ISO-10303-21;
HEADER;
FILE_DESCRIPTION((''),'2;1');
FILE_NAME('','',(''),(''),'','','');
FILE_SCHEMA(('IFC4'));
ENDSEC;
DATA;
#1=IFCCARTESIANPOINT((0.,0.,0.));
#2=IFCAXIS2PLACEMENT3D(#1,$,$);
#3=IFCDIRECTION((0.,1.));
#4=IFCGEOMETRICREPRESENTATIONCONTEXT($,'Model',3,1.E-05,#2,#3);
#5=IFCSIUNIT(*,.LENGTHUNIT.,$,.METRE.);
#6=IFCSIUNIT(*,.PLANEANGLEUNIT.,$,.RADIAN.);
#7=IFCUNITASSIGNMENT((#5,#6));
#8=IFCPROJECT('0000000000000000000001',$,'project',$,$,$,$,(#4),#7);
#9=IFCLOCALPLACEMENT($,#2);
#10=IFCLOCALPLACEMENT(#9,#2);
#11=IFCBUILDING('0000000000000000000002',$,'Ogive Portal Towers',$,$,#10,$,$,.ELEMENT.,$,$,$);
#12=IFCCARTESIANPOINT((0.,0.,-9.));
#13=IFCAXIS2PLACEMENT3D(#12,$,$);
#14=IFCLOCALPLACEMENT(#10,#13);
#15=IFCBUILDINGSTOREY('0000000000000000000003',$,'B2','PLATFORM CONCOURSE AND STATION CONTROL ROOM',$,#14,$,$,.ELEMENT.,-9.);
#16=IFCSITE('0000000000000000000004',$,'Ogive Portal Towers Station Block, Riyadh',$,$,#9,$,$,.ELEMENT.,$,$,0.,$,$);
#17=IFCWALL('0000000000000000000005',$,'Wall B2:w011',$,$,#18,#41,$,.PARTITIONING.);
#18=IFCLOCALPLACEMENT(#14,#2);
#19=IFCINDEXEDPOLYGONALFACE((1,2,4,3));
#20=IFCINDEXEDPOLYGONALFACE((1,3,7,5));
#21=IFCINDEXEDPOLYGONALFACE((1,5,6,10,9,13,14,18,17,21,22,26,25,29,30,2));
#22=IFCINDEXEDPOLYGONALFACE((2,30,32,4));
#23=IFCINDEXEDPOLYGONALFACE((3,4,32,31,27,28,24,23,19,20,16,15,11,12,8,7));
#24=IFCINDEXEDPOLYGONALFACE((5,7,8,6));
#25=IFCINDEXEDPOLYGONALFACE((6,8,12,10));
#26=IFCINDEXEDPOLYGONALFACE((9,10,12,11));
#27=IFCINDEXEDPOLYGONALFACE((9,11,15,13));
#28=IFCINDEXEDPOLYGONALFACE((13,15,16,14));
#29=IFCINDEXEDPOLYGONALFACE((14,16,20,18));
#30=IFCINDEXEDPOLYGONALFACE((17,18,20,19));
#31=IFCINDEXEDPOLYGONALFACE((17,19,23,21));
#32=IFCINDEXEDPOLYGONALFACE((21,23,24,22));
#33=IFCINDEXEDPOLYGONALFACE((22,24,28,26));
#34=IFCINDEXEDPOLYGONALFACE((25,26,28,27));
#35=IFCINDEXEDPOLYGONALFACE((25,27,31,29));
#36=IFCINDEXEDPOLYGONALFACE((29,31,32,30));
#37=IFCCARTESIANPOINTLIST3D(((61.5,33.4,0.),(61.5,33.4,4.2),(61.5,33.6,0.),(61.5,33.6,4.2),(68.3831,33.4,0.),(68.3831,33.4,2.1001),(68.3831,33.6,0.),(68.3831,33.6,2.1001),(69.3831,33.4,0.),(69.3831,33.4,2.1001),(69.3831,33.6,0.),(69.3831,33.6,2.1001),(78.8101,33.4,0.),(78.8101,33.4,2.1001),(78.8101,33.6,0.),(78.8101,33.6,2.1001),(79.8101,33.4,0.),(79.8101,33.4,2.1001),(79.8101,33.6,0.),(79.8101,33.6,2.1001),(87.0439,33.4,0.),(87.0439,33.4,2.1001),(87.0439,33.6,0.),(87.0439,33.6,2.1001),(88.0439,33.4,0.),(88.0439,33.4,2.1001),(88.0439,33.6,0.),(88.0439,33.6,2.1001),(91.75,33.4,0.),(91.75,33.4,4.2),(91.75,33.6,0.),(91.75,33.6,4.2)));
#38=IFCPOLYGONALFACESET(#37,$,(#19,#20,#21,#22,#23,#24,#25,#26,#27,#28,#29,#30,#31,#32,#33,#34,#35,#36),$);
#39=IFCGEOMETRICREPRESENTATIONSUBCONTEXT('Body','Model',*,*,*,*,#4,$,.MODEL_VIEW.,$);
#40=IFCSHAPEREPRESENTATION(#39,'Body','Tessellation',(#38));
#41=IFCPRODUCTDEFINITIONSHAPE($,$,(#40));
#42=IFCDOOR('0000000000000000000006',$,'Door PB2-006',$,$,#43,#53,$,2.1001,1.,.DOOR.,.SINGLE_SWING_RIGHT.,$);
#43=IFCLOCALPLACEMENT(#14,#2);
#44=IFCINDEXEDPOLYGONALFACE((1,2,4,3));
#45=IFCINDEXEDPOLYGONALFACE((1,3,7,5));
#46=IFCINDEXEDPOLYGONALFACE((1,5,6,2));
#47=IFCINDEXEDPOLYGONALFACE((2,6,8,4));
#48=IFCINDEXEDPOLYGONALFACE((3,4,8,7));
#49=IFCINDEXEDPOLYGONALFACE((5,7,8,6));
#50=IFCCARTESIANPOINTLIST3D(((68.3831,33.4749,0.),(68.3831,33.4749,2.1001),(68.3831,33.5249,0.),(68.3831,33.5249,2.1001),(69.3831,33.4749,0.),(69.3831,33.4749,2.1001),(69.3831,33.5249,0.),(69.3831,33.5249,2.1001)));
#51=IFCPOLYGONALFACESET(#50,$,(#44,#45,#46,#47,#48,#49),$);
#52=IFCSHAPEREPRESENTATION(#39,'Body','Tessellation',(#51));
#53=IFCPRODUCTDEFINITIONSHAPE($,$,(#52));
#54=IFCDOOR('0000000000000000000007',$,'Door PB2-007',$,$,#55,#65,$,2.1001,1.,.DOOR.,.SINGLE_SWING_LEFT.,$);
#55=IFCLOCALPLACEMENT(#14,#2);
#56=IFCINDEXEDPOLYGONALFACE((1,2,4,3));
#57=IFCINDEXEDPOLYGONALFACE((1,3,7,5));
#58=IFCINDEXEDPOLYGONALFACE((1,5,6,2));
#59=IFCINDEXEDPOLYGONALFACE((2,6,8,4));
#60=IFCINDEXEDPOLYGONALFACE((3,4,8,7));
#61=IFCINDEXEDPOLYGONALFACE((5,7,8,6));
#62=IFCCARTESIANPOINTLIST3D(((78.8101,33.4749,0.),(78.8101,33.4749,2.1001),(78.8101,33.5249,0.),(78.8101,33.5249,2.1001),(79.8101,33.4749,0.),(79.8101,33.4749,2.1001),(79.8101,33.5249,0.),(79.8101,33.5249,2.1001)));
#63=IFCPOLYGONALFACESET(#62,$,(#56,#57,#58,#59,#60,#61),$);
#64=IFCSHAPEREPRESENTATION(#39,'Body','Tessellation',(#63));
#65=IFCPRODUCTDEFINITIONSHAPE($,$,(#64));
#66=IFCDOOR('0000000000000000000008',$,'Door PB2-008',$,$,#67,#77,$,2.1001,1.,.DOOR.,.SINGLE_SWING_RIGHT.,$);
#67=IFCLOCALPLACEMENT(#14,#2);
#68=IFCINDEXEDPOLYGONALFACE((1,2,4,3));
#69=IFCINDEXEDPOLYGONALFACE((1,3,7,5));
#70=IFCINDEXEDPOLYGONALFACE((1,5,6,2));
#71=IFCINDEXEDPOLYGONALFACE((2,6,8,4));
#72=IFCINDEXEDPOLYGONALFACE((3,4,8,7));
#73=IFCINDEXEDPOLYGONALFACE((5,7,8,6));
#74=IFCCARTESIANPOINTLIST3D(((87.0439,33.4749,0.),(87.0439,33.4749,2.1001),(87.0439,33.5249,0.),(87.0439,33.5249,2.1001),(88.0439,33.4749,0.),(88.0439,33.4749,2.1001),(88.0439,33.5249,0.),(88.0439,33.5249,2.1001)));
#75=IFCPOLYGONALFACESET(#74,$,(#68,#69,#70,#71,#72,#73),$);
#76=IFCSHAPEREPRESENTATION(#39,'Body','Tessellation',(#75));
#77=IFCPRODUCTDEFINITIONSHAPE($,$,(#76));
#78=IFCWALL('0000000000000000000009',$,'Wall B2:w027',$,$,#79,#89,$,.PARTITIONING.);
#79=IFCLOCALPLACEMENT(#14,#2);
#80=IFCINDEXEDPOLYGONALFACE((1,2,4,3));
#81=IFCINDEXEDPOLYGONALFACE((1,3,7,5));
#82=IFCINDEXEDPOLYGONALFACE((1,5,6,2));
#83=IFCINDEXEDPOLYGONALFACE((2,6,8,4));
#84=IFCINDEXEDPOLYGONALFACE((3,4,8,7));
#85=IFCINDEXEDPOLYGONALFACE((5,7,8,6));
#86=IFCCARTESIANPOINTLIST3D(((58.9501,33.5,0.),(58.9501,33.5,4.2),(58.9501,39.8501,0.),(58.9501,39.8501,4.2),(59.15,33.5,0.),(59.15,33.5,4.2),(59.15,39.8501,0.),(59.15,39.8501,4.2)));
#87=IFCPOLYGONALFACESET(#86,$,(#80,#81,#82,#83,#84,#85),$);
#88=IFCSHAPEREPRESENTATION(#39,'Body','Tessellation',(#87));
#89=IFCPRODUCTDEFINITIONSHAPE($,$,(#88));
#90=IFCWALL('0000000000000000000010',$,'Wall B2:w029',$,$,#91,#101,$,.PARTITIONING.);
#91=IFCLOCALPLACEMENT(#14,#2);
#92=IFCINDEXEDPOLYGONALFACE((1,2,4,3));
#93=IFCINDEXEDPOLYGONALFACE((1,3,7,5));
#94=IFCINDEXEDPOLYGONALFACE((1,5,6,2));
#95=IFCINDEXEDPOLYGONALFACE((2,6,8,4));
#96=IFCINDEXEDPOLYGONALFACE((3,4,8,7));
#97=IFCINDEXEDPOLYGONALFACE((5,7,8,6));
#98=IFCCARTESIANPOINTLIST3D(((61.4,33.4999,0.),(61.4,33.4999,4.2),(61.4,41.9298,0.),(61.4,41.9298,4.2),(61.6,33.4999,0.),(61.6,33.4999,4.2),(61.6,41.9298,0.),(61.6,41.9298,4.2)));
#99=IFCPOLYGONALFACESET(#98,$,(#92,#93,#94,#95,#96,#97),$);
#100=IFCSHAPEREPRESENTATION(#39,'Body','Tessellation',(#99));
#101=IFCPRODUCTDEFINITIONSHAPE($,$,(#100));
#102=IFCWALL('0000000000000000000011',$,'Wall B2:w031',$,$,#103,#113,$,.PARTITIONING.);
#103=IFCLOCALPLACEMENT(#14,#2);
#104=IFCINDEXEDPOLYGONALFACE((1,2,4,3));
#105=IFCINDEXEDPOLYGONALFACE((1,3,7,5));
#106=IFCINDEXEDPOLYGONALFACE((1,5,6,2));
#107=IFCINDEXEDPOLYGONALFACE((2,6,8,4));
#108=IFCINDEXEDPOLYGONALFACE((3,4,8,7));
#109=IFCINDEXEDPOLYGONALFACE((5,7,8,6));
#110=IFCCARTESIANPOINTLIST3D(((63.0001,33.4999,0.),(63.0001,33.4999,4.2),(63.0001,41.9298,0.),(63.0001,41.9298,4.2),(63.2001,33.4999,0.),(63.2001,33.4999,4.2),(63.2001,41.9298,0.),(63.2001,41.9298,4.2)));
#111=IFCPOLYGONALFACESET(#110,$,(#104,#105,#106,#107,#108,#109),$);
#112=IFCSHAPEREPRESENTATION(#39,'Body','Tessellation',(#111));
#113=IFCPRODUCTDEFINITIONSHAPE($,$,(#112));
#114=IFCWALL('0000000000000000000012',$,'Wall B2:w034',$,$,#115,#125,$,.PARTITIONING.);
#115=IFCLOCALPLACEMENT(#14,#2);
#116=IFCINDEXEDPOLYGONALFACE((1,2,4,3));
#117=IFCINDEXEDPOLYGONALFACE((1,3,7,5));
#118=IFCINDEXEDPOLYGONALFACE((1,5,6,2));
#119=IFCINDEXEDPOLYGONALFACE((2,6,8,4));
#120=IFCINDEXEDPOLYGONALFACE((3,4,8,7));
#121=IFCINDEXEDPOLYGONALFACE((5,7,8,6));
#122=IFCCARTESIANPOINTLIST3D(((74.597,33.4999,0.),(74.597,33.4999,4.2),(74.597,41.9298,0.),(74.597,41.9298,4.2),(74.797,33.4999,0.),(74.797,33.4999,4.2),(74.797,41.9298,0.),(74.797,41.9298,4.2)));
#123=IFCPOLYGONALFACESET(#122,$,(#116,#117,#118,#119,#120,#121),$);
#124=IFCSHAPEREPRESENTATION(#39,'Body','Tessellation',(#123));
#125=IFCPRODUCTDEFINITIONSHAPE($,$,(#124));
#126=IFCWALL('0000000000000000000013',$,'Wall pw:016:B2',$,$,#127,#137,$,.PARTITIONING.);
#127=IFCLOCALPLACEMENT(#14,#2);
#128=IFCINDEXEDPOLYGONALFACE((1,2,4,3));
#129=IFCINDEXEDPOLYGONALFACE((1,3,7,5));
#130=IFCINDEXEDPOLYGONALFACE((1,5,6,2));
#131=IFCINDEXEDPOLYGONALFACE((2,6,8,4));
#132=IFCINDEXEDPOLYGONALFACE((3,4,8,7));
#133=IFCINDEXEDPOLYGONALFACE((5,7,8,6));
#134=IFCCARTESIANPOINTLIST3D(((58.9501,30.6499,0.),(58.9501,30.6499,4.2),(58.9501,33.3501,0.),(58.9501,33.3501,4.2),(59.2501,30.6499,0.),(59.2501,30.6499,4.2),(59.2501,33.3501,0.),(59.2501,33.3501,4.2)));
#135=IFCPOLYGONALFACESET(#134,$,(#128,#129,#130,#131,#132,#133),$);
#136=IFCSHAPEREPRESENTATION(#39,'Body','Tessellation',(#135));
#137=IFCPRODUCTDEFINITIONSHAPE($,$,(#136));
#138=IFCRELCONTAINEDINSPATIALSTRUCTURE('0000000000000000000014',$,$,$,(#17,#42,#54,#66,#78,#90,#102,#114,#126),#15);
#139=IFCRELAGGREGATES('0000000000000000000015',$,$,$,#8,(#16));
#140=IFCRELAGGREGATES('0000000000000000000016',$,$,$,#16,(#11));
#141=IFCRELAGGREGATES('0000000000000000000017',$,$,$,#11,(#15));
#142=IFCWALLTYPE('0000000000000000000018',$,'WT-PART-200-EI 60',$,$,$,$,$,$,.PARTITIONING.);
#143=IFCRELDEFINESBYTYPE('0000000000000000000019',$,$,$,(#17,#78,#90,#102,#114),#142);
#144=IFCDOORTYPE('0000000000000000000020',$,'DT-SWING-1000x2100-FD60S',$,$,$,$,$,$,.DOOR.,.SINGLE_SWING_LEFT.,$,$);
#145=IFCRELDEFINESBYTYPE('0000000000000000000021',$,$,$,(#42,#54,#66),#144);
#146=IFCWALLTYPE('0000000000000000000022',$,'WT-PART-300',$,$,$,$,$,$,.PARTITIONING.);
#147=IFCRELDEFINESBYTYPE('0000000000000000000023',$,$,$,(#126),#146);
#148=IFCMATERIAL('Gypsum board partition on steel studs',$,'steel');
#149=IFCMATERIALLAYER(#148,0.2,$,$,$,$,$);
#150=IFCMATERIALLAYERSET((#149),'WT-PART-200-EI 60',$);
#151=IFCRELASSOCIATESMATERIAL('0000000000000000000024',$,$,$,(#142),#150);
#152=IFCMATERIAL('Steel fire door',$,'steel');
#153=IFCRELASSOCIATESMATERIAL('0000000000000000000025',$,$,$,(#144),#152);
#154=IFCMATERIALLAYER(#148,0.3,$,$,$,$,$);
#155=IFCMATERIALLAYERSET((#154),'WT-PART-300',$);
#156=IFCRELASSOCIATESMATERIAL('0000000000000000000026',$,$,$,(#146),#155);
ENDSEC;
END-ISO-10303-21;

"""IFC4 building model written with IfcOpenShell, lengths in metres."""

from ifc_helpers import new_model, si_unit, direction, frame, frame_2d, origin, place, context, subcontext, project, spatial, rectangle, extrude, material, layer, layer_set, type_object, element, fill, save


model = new_model("IFC4")

# Units and contexts
model_context = context("Model", 3, precision=1e-05, world=origin(), true_north=direction((0.0, 1.0)))
body_context = subcontext(model_context, "Body", "Model", "MODEL_VIEW")
ifc_project = project(units=[si_unit("LENGTHUNIT", "METRE"), si_unit("PLANEANGLEUNIT", "RADIAN")], contexts=[model_context])

# Site, building, storey
site_placement = place(None, origin())
site = spatial("IfcSite", under=ifc_project, at=site_placement, Name="Ogive Portal Towers Station Block, Riyadh", CompositionType="ELEMENT", RefElevation=0.0)
building_placement = place(site_placement, origin())
building = spatial("IfcBuilding", under=site, at=building_placement, Name="Ogive Portal Towers", CompositionType="ELEMENT")
storey_placement = place(building_placement, frame((0.0, 0.0, -9.0)))
storey = spatial("IfcBuildingStorey", under=building, at=storey_placement, Name="B2", Description="PLATFORM CONCOURSE AND STATION CONTROL ROOM", CompositionType="ELEMENT", Elevation=-9.0)

# Shared definitions
ifc_material_1 = material(Name="Gypsum board partition on steel studs", Category="steel")
ifc_layer_1 = layer(ifc_material_1, 0.2)
ifc_layer_set_1 = layer_set([ifc_layer_1], Name="WT-PART-200-EI 60")
wall_type_1 = type_object("IfcWallType", Name="WT-PART-200-EI 60", PredefinedType="PARTITIONING", material=ifc_layer_set_1)
ifc_material_2 = material(Name="Steel fire door", Category="steel")

# Wall, openings, doors
wall_1_placement = place(storey_placement, frame((61.5, 33.5, 0.0), z_axis=(0.0, 0.0, 1.0), x_axis=(1.0, 0.0, 0.0)))
wall_1 = element("IfcWall", 1, at=wall_1_placement, inside=storey, type_object=wall_type_1, Name="Wall B2:w011", PredefinedType="PARTITIONING", context=body_context, shape_type="SweptSolid", body=[
    extrude(rectangle(XDim=30.25, YDim=0.2, at=frame_2d((15.125, 0.0))), origin(), (0.0, 0.0, 1.0), 4.2),
])
opening_1_placement = place(wall_1_placement, frame((6.8831, 0.0, 0.0)))
opening_1 = element("IfcOpeningElement", 2, at=opening_1_placement, cuts=wall_1, PredefinedType="OPENING", context=body_context, shape_type="SweptSolid", body=[
    extrude(rectangle(XDim=1.0, YDim=2.1001, at=frame_2d((0.5, 1.05))), frame((0.0, 0.1099, 0.0), z_axis=(0.0, -1.0, 0.0), x_axis=(1.0, 0.0, 0.0)), (0.0, 0.0, 1.0), 0.22),
])
opening_2_placement = place(wall_1_placement, frame((17.3101, 0.0, 0.0)))
opening_2 = element("IfcOpeningElement", 3, at=opening_2_placement, cuts=wall_1, PredefinedType="OPENING", context=body_context, shape_type="SweptSolid", body=[
    extrude(rectangle(XDim=1.0, YDim=2.1001, at=frame_2d((0.5, 1.05))), frame((0.0, 0.1099, 0.0), z_axis=(0.0, -1.0, 0.0), x_axis=(1.0, 0.0, 0.0)), (0.0, 0.0, 1.0), 0.22),
])
opening_3_placement = place(wall_1_placement, frame((25.5439, 0.0, 0.0)))
opening_3 = element("IfcOpeningElement", 4, at=opening_3_placement, cuts=wall_1, PredefinedType="OPENING", context=body_context, shape_type="SweptSolid", body=[
    extrude(rectangle(XDim=1.0, YDim=2.1001, at=frame_2d((0.5, 1.05))), frame((0.0, 0.1099, 0.0), z_axis=(0.0, -1.0, 0.0), x_axis=(1.0, 0.0, 0.0)), (0.0, 0.0, 1.0), 0.22),
])
door_type_1 = type_object("IfcDoorType", Name="DT-SWING-1000x2100-FD60S", OperationType="SINGLE_SWING_LEFT", PredefinedType="DOOR", material=ifc_material_2)
door_1_placement = place(opening_1_placement, origin())
door_1 = element("IfcDoor", 5, at=door_1_placement, inside=storey, type_object=door_type_1, Name="Door PB2-006", OperationType="SINGLE_SWING_RIGHT", OverallHeight=2.1001, OverallWidth=1.0, PredefinedType="DOOR", context=body_context, shape_type="SweptSolid", body=[
    extrude(rectangle(XDim=1.0, YDim=2.1001, at=frame_2d((0.5, 1.05))), frame((0.0, 0.0249, 0.0), z_axis=(0.0, -1.0, 0.0), x_axis=(1.0, 0.0, 0.0)), (0.0, 0.0, 1.0), 0.05),
])
fill(opening_1, door_1)
door_2_placement = place(opening_2_placement, origin())
door_2 = element("IfcDoor", 6, at=door_2_placement, inside=storey, type_object=door_type_1, Name="Door PB2-007", OperationType="SINGLE_SWING_LEFT", OverallHeight=2.1001, OverallWidth=1.0, PredefinedType="DOOR", context=body_context, shape_type="SweptSolid", body=[
    extrude(rectangle(XDim=1.0, YDim=2.1001, at=frame_2d((0.5, 1.05))), frame((0.0, 0.0249, 0.0), z_axis=(0.0, -1.0, 0.0), x_axis=(1.0, 0.0, 0.0)), (0.0, 0.0, 1.0), 0.05),
])
fill(opening_2, door_2)
door_3_placement = place(opening_3_placement, origin())
door_3 = element("IfcDoor", 7, at=door_3_placement, inside=storey, type_object=door_type_1, Name="Door PB2-008", OperationType="SINGLE_SWING_RIGHT", OverallHeight=2.1001, OverallWidth=1.0, PredefinedType="DOOR", context=body_context, shape_type="SweptSolid", body=[
    extrude(rectangle(XDim=1.0, YDim=2.1001, at=frame_2d((0.5, 1.05))), frame((0.0, 0.0249, 0.0), z_axis=(0.0, -1.0, 0.0), x_axis=(1.0, 0.0, 0.0)), (0.0, 0.0, 1.0), 0.05),
])
fill(opening_3, door_3)

# Walls
wall_2_placement = place(storey_placement, frame((59.05, 33.5, 0.0), z_axis=(0.0, 0.0, 1.0), x_axis=(0.0, 1.0, 0.0)))
element("IfcWall", 8, at=wall_2_placement, inside=storey, type_object=wall_type_1, Name="Wall B2:w027", PredefinedType="PARTITIONING", context=body_context, shape_type="SweptSolid", body=[
    extrude(rectangle(XDim=6.3501, YDim=0.2, at=frame_2d((3.175, 0.0))), origin(), (0.0, 0.0, 1.0), 4.2),
])
for number, where, z_axis, x_axis, name in (
    (9, (61.5, 33.5, 0.0), (0.0, 0.0, 1.0), (0.0, 1.0, 0.0), "Wall B2:w029"),
    (10, (63.1001, 33.5, 0.0), (0.0, 0.0, 1.0), (0.0, 1.0, 0.0), "Wall B2:w031"),
    (11, (74.697, 33.5, 0.0), (0.0, 0.0, 1.0), (0.0, 1.0, 0.0), "Wall B2:w034"),
):
    element("IfcWall", number, at=place(storey_placement, frame(where, z_axis=z_axis, x_axis=x_axis)), inside=storey, type_object=wall_type_1, Name=name, PredefinedType="PARTITIONING", context=body_context, shape_type="SweptSolid", body=[
        extrude(rectangle(XDim=8.4299, YDim=0.2, at=frame_2d((4.2148, 0.0))), origin(), (0.0, 0.0, 1.0), 4.2),
    ])
ifc_layer_2 = layer(ifc_material_1, 0.3)
ifc_layer_set_2 = layer_set([ifc_layer_2], Name="WT-PART-300")
wall_type_2 = type_object("IfcWallType", Name="WT-PART-300", PredefinedType="PARTITIONING", material=ifc_layer_set_2)
wall_3_placement = place(storey_placement, frame((59.1001, 30.6499, 0.0), z_axis=(0.0, 0.0, 1.0), x_axis=(0.0, 1.0, 0.0)))
element("IfcWall", 12, at=wall_3_placement, inside=storey, type_object=wall_type_2, Name="Wall pw:016:B2", PredefinedType="PARTITIONING", context=body_context, shape_type="SweptSolid", body=[
    extrude(rectangle(XDim=2.7002, YDim=0.3, at=frame_2d((1.3501, 0.0))), origin(), (0.0, 0.0, 1.0), 4.2),
])

save(model, "model.ifc")
